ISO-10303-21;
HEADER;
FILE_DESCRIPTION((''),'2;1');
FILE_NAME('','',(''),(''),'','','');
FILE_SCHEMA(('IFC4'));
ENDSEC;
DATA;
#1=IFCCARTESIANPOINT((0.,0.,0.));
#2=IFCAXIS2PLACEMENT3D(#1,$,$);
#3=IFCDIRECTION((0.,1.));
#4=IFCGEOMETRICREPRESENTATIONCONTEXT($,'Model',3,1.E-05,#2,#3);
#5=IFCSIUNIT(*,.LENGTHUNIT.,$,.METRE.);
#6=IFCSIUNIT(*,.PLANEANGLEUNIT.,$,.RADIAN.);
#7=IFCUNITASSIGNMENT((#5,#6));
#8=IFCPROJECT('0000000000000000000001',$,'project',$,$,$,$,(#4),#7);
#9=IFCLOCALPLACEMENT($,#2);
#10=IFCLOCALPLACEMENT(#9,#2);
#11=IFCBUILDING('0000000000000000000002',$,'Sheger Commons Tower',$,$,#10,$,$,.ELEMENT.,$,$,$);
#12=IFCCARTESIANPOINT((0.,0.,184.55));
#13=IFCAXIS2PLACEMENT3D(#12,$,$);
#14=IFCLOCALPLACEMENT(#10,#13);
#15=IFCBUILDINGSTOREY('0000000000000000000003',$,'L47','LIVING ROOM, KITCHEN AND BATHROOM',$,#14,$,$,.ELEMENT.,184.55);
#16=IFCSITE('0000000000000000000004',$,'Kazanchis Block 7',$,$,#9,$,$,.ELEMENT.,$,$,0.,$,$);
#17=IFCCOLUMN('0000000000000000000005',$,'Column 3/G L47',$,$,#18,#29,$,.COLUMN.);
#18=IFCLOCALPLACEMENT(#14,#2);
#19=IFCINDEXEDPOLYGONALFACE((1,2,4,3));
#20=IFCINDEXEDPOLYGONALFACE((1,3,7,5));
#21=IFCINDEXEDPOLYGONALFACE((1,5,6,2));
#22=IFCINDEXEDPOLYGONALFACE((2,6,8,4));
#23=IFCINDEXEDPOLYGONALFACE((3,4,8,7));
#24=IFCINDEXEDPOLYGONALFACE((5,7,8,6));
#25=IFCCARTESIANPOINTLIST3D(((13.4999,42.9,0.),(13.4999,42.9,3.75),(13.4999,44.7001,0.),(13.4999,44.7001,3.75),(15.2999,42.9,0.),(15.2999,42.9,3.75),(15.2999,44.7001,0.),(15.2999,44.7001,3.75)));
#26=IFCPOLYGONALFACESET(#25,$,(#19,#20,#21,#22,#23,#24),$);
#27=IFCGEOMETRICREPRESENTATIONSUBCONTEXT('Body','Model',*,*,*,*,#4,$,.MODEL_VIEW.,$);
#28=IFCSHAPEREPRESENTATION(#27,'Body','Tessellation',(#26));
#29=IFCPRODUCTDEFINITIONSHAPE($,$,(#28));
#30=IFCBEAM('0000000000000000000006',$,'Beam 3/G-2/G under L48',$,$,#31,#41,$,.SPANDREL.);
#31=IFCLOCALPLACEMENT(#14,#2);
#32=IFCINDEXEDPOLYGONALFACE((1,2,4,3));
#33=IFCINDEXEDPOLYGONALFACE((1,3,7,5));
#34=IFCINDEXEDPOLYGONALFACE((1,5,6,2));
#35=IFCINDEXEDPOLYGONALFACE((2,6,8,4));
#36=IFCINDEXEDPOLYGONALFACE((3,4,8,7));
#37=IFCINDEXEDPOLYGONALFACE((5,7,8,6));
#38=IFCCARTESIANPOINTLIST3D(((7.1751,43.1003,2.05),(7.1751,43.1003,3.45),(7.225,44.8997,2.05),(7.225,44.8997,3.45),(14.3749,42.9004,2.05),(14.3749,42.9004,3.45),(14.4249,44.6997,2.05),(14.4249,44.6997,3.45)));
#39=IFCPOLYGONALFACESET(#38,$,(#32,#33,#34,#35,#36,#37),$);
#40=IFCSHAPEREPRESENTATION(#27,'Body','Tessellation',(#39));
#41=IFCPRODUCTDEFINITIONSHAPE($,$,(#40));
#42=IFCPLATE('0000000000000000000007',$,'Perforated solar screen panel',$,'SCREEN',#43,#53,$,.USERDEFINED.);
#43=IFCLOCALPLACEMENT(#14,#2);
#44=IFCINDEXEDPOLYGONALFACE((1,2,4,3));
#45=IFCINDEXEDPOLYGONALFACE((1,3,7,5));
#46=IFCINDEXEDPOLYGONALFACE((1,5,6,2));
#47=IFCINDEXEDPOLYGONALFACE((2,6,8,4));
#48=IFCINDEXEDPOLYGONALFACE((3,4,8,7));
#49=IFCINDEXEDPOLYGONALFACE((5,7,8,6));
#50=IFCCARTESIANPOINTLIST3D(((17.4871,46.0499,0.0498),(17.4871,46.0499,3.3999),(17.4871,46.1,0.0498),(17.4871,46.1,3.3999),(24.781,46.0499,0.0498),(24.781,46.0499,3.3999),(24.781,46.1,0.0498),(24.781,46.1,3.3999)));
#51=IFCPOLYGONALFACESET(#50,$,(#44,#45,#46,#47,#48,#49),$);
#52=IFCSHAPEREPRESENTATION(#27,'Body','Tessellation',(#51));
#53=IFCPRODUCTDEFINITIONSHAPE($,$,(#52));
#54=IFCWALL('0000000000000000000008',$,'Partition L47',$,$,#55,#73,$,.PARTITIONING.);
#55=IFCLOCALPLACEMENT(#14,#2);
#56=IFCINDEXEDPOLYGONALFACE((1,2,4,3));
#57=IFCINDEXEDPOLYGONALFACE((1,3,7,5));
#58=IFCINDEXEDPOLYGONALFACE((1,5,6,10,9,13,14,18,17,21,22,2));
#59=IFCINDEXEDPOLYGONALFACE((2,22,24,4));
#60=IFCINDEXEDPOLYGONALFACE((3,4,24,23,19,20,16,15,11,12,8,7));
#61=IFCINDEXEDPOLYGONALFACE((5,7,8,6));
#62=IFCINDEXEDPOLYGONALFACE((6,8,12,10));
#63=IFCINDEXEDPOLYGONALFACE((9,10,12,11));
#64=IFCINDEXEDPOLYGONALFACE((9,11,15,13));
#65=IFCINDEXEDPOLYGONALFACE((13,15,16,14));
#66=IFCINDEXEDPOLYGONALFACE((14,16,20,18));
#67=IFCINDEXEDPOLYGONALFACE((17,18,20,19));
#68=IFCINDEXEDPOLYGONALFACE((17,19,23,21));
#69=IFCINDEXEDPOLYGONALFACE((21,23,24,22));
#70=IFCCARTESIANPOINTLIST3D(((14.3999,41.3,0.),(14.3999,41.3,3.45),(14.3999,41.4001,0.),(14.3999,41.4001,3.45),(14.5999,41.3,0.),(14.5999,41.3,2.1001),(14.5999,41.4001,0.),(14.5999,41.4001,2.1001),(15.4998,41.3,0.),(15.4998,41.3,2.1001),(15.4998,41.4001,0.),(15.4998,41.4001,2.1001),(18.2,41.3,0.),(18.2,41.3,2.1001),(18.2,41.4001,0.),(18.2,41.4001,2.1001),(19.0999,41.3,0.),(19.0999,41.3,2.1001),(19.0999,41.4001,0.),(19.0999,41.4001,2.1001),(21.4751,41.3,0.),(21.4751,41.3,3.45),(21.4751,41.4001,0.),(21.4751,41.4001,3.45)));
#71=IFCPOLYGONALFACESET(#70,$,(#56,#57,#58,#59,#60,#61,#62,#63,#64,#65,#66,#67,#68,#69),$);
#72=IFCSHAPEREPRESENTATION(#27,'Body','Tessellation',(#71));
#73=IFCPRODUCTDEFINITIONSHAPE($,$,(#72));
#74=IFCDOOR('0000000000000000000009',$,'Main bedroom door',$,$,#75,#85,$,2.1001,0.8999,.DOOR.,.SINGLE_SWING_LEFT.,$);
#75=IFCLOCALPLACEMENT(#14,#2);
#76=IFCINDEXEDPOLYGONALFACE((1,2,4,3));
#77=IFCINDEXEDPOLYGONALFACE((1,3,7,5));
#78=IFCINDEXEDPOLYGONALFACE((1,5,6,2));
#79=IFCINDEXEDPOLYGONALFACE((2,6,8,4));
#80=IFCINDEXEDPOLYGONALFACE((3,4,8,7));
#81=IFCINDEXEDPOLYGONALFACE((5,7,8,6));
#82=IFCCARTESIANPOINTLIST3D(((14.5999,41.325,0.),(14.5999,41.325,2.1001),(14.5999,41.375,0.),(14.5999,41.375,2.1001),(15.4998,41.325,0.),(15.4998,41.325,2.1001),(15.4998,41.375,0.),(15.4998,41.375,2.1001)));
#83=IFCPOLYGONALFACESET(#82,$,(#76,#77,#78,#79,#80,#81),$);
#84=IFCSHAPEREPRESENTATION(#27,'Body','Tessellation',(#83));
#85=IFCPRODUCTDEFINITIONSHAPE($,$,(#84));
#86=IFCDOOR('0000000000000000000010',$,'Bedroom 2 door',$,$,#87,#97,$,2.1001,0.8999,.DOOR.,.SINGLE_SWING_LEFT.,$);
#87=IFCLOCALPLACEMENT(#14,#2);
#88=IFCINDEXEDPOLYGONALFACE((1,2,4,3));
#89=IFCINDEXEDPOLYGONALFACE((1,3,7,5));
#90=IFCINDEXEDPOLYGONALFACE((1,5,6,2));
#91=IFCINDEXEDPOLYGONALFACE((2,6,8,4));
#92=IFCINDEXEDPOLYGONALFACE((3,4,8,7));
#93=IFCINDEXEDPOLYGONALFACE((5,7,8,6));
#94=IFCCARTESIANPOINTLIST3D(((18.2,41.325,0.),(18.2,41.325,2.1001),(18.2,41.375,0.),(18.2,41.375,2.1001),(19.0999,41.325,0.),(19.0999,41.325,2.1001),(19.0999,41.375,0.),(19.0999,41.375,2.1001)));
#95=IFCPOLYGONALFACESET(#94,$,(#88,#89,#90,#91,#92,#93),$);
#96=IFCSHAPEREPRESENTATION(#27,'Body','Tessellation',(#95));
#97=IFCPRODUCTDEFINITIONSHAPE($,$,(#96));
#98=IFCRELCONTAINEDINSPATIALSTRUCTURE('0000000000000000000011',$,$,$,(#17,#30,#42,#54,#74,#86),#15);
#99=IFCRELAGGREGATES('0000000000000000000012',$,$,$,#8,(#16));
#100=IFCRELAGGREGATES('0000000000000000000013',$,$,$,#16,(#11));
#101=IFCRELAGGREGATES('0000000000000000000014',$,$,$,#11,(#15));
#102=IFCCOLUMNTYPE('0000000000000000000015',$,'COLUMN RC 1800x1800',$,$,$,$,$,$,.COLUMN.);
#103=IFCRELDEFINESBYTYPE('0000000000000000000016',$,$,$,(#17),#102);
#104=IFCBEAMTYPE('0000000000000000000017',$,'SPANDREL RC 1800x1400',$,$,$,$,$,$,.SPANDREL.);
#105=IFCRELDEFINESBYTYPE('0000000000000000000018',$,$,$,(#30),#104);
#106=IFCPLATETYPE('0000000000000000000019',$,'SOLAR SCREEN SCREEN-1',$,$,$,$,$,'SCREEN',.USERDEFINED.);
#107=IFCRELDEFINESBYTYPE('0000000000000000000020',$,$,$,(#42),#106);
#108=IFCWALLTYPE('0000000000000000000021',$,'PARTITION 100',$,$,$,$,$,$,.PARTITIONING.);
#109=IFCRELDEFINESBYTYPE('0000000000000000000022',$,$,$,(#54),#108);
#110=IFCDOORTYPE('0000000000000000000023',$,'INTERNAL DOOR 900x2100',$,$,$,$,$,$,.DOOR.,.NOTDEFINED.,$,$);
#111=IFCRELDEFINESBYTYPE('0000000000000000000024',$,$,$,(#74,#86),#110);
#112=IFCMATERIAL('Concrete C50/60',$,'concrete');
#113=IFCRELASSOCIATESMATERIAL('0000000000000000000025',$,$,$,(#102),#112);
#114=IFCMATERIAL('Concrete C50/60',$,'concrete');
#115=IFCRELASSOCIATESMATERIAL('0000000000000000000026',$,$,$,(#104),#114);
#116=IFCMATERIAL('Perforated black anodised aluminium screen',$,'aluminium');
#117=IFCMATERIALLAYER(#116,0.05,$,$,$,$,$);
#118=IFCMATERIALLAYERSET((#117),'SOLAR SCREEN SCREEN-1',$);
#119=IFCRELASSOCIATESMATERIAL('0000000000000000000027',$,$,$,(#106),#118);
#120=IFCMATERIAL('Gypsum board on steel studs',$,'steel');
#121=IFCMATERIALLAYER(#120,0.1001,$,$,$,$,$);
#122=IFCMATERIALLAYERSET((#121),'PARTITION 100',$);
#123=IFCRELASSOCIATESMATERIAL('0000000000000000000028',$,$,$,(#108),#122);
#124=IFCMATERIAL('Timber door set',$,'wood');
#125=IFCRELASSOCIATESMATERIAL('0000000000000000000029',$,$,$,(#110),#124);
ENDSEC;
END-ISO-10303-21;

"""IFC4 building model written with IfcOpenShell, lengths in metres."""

from ifc_helpers import new_model, si_unit, direction, frame, frame_2d, origin, origin_2d, place, context, subcontext, project, spatial, rectangle, extrude, material, layer, layer_set, material_profile, profile_set, type_object, element, fill, save


model = new_model("IFC4")

# Units and contexts
model_context = context("Model", 3, precision=1e-05, world=origin(), true_north=direction((0.0, 1.0)))
body_context = subcontext(model_context, "Body", "Model", "MODEL_VIEW")
ifc_project = project(units=[si_unit("LENGTHUNIT", "METRE"), si_unit("PLANEANGLEUNIT", "RADIAN")], contexts=[model_context])

# Site, building, storey
site_placement = place(None, origin())
site = spatial("IfcSite", under=ifc_project, at=site_placement, Name="Kazanchis Block 7", CompositionType="ELEMENT", RefElevation=0.0)
building_placement = place(site_placement, origin())
building = spatial("IfcBuilding", under=site, at=building_placement, Name="Sheger Commons Tower", CompositionType="ELEMENT")
storey_placement = place(building_placement, frame((0.0, 0.0, 184.55)))
storey = spatial("IfcBuildingStorey", under=building, at=storey_placement, Name="L47", Description="LIVING ROOM, KITCHEN AND BATHROOM", CompositionType="ELEMENT", Elevation=184.55)

# Column
ifc_material_1 = material(Name="Concrete C50/60", Category="concrete")
ifc_material_profile_1 = material_profile(ifc_material_1, rectangle(XDim=1.8, YDim=1.8, at=origin_2d()), Name="RC 1800x1800")
ifc_profile_set_1 = profile_set([ifc_material_profile_1], Name="Concrete C50/60")
column_type = type_object("IfcColumnType", Name="COLUMN RC 1800x1800", PredefinedType="COLUMN", material=ifc_profile_set_1)
column_placement = place(storey_placement, frame((14.3999, 43.8, 0.0), z_axis=(0.0, 0.0, 1.0), x_axis=(1.0, 0.0, 0.0)))
element("IfcColumn", 1, at=column_placement, inside=storey, type_object=column_type, Name="Column 3/G L47", PredefinedType="COLUMN", context=body_context, shape_type="SweptSolid", body=[
    extrude(rectangle(XDim=1.8, YDim=1.8, at=origin_2d()), origin(), (0.0, 0.0, 1.0), 3.75),
])

# Beam
ifc_material_2 = material(Name="Concrete C50/60", Category="concrete")
ifc_material_profile_2 = material_profile(ifc_material_2, rectangle(XDim=1.8, YDim=1.3999, at=origin_2d()), Name="RC 1800x1400")
ifc_profile_set_2 = profile_set([ifc_material_profile_2], Name="Concrete C50/60")
beam_type = type_object("IfcBeamType", Name="SPANDREL RC 1800x1400", PredefinedType="SPANDREL", material=ifc_profile_set_2)
beam_placement = place(storey_placement, frame((14.3999, 43.8, 2.75), z_axis=(-0.999615, 0.02776, 0.0), x_axis=(-0.02776, -0.999615, 0.0)))
element("IfcBeam", 2, at=beam_placement, inside=storey, type_object=beam_type, Name="Beam 3/G-2/G under L48", PredefinedType="SPANDREL", context=body_context, shape_type="SweptSolid", body=[
    extrude(rectangle(XDim=1.8, YDim=1.3999, at=origin_2d()), origin(), (0.0, 0.0, 1.0), 7.2026),
])

# Plate
ifc_material_3 = material(Name="Perforated black anodised aluminium screen", Category="aluminium")
ifc_layer_1 = layer(ifc_material_3, 0.05)
ifc_layer_set_1 = layer_set([ifc_layer_1], Name="SOLAR SCREEN SCREEN-1")
plate_type = type_object("IfcPlateType", Name="SOLAR SCREEN SCREEN-1", ElementType="SCREEN", PredefinedType="USERDEFINED", material=ifc_layer_set_1)
plate_placement = place(storey_placement, frame((21.134, 46.075, 0.0498), z_axis=(0.0, 0.0, 1.0), x_axis=(-1.0, 0.0, 0.0)))
element("IfcPlate", 3, at=plate_placement, inside=storey, type_object=plate_type, Name="Perforated solar screen panel", ObjectType="SCREEN", PredefinedType="USERDEFINED", context=body_context, shape_type="SweptSolid", body=[
    extrude(rectangle(XDim=7.2939, YDim=0.05, at=origin_2d()), origin(), (0.0, 0.0, 1.0), 3.3501),
])

# Wall, openings, doors
ifc_material_4 = material(Name="Gypsum board on steel studs", Category="steel")
ifc_layer_2 = layer(ifc_material_4, 0.1001)
ifc_layer_set_2 = layer_set([ifc_layer_2], Name="PARTITION 100")
wall_type = type_object("IfcWallType", Name="PARTITION 100", PredefinedType="PARTITIONING", material=ifc_layer_set_2)
wall_1_placement = place(storey_placement, frame((14.3999, 41.3501, 0.0), z_axis=(0.0, 0.0, 1.0), x_axis=(1.0, 0.0, 0.0)))
wall_1 = element("IfcWall", 4, at=wall_1_placement, inside=storey, type_object=wall_type, Name="Partition L47", PredefinedType="PARTITIONING", context=body_context, shape_type="SweptSolid", body=[
    extrude(rectangle(XDim=7.0752, YDim=0.1001, at=frame_2d((3.5376, 0.0))), origin(), (0.0, 0.0, 1.0), 3.45),
])
opening_1_placement = place(wall_1_placement, frame((0.2, 0.0, 0.0)))
opening_1 = element("IfcOpeningElement", 5, at=opening_1_placement, cuts=wall_1, PredefinedType="OPENING", context=body_context, shape_type="SweptSolid", body=[
    extrude(rectangle(XDim=0.8999, YDim=2.1001, at=frame_2d((0.45, 1.05))), frame((0.0, 0.0601, 0.0), z_axis=(0.0, -1.0, 0.0), x_axis=(1.0, 0.0, 0.0)), (0.0, 0.0, 1.0), 0.1201),
])
opening_2_placement = place(wall_1_placement, frame((3.8, 0.0, 0.0)))
opening_2 = element("IfcOpeningElement", 6, at=opening_2_placement, cuts=wall_1, PredefinedType="OPENING", context=body_context, shape_type="SweptSolid", body=[
    extrude(rectangle(XDim=0.8999, YDim=2.1001, at=frame_2d((0.45, 1.05))), frame((0.0, 0.0601, 0.0), z_axis=(0.0, -1.0, 0.0), x_axis=(1.0, 0.0, 0.0)), (0.0, 0.0, 1.0), 0.1201),
])
ifc_material_5 = material(Name="Timber door set", Category="wood")
door_type = type_object("IfcDoorType", Name="INTERNAL DOOR 900x2100", OperationType="NOTDEFINED", PredefinedType="DOOR", material=ifc_material_5)
door_1_placement = place(opening_1_placement, origin())
door_1 = element("IfcDoor", 7, at=door_1_placement, inside=storey, type_object=door_type, Name="Main bedroom door", OperationType="SINGLE_SWING_LEFT", OverallHeight=2.1001, OverallWidth=0.8999, PredefinedType="DOOR", context=body_context, shape_type="SweptSolid", body=[
    extrude(rectangle(XDim=0.8999, YDim=2.1001, at=frame_2d((0.45, 1.05))), frame((0.0, 0.0249, 0.0), z_axis=(0.0, -1.0, 0.0), x_axis=(1.0, 0.0, 0.0)), (0.0, 0.0, 1.0), 0.05),
])
fill(opening_1, door_1)
door_2_placement = place(opening_2_placement, origin())
door_2 = element("IfcDoor", 8, at=door_2_placement, inside=storey, type_object=door_type, Name="Bedroom 2 door", OperationType="SINGLE_SWING_LEFT", OverallHeight=2.1001, OverallWidth=0.8999, PredefinedType="DOOR", context=body_context, shape_type="SweptSolid", body=[
    extrude(rectangle(XDim=0.8999, YDim=2.1001, at=frame_2d((0.45, 1.05))), frame((0.0, 0.0249, 0.0), z_axis=(0.0, -1.0, 0.0), x_axis=(1.0, 0.0, 0.0)), (0.0, 0.0, 1.0), 0.05),
])
fill(opening_2, door_2)

save(model, "model.ifc")
